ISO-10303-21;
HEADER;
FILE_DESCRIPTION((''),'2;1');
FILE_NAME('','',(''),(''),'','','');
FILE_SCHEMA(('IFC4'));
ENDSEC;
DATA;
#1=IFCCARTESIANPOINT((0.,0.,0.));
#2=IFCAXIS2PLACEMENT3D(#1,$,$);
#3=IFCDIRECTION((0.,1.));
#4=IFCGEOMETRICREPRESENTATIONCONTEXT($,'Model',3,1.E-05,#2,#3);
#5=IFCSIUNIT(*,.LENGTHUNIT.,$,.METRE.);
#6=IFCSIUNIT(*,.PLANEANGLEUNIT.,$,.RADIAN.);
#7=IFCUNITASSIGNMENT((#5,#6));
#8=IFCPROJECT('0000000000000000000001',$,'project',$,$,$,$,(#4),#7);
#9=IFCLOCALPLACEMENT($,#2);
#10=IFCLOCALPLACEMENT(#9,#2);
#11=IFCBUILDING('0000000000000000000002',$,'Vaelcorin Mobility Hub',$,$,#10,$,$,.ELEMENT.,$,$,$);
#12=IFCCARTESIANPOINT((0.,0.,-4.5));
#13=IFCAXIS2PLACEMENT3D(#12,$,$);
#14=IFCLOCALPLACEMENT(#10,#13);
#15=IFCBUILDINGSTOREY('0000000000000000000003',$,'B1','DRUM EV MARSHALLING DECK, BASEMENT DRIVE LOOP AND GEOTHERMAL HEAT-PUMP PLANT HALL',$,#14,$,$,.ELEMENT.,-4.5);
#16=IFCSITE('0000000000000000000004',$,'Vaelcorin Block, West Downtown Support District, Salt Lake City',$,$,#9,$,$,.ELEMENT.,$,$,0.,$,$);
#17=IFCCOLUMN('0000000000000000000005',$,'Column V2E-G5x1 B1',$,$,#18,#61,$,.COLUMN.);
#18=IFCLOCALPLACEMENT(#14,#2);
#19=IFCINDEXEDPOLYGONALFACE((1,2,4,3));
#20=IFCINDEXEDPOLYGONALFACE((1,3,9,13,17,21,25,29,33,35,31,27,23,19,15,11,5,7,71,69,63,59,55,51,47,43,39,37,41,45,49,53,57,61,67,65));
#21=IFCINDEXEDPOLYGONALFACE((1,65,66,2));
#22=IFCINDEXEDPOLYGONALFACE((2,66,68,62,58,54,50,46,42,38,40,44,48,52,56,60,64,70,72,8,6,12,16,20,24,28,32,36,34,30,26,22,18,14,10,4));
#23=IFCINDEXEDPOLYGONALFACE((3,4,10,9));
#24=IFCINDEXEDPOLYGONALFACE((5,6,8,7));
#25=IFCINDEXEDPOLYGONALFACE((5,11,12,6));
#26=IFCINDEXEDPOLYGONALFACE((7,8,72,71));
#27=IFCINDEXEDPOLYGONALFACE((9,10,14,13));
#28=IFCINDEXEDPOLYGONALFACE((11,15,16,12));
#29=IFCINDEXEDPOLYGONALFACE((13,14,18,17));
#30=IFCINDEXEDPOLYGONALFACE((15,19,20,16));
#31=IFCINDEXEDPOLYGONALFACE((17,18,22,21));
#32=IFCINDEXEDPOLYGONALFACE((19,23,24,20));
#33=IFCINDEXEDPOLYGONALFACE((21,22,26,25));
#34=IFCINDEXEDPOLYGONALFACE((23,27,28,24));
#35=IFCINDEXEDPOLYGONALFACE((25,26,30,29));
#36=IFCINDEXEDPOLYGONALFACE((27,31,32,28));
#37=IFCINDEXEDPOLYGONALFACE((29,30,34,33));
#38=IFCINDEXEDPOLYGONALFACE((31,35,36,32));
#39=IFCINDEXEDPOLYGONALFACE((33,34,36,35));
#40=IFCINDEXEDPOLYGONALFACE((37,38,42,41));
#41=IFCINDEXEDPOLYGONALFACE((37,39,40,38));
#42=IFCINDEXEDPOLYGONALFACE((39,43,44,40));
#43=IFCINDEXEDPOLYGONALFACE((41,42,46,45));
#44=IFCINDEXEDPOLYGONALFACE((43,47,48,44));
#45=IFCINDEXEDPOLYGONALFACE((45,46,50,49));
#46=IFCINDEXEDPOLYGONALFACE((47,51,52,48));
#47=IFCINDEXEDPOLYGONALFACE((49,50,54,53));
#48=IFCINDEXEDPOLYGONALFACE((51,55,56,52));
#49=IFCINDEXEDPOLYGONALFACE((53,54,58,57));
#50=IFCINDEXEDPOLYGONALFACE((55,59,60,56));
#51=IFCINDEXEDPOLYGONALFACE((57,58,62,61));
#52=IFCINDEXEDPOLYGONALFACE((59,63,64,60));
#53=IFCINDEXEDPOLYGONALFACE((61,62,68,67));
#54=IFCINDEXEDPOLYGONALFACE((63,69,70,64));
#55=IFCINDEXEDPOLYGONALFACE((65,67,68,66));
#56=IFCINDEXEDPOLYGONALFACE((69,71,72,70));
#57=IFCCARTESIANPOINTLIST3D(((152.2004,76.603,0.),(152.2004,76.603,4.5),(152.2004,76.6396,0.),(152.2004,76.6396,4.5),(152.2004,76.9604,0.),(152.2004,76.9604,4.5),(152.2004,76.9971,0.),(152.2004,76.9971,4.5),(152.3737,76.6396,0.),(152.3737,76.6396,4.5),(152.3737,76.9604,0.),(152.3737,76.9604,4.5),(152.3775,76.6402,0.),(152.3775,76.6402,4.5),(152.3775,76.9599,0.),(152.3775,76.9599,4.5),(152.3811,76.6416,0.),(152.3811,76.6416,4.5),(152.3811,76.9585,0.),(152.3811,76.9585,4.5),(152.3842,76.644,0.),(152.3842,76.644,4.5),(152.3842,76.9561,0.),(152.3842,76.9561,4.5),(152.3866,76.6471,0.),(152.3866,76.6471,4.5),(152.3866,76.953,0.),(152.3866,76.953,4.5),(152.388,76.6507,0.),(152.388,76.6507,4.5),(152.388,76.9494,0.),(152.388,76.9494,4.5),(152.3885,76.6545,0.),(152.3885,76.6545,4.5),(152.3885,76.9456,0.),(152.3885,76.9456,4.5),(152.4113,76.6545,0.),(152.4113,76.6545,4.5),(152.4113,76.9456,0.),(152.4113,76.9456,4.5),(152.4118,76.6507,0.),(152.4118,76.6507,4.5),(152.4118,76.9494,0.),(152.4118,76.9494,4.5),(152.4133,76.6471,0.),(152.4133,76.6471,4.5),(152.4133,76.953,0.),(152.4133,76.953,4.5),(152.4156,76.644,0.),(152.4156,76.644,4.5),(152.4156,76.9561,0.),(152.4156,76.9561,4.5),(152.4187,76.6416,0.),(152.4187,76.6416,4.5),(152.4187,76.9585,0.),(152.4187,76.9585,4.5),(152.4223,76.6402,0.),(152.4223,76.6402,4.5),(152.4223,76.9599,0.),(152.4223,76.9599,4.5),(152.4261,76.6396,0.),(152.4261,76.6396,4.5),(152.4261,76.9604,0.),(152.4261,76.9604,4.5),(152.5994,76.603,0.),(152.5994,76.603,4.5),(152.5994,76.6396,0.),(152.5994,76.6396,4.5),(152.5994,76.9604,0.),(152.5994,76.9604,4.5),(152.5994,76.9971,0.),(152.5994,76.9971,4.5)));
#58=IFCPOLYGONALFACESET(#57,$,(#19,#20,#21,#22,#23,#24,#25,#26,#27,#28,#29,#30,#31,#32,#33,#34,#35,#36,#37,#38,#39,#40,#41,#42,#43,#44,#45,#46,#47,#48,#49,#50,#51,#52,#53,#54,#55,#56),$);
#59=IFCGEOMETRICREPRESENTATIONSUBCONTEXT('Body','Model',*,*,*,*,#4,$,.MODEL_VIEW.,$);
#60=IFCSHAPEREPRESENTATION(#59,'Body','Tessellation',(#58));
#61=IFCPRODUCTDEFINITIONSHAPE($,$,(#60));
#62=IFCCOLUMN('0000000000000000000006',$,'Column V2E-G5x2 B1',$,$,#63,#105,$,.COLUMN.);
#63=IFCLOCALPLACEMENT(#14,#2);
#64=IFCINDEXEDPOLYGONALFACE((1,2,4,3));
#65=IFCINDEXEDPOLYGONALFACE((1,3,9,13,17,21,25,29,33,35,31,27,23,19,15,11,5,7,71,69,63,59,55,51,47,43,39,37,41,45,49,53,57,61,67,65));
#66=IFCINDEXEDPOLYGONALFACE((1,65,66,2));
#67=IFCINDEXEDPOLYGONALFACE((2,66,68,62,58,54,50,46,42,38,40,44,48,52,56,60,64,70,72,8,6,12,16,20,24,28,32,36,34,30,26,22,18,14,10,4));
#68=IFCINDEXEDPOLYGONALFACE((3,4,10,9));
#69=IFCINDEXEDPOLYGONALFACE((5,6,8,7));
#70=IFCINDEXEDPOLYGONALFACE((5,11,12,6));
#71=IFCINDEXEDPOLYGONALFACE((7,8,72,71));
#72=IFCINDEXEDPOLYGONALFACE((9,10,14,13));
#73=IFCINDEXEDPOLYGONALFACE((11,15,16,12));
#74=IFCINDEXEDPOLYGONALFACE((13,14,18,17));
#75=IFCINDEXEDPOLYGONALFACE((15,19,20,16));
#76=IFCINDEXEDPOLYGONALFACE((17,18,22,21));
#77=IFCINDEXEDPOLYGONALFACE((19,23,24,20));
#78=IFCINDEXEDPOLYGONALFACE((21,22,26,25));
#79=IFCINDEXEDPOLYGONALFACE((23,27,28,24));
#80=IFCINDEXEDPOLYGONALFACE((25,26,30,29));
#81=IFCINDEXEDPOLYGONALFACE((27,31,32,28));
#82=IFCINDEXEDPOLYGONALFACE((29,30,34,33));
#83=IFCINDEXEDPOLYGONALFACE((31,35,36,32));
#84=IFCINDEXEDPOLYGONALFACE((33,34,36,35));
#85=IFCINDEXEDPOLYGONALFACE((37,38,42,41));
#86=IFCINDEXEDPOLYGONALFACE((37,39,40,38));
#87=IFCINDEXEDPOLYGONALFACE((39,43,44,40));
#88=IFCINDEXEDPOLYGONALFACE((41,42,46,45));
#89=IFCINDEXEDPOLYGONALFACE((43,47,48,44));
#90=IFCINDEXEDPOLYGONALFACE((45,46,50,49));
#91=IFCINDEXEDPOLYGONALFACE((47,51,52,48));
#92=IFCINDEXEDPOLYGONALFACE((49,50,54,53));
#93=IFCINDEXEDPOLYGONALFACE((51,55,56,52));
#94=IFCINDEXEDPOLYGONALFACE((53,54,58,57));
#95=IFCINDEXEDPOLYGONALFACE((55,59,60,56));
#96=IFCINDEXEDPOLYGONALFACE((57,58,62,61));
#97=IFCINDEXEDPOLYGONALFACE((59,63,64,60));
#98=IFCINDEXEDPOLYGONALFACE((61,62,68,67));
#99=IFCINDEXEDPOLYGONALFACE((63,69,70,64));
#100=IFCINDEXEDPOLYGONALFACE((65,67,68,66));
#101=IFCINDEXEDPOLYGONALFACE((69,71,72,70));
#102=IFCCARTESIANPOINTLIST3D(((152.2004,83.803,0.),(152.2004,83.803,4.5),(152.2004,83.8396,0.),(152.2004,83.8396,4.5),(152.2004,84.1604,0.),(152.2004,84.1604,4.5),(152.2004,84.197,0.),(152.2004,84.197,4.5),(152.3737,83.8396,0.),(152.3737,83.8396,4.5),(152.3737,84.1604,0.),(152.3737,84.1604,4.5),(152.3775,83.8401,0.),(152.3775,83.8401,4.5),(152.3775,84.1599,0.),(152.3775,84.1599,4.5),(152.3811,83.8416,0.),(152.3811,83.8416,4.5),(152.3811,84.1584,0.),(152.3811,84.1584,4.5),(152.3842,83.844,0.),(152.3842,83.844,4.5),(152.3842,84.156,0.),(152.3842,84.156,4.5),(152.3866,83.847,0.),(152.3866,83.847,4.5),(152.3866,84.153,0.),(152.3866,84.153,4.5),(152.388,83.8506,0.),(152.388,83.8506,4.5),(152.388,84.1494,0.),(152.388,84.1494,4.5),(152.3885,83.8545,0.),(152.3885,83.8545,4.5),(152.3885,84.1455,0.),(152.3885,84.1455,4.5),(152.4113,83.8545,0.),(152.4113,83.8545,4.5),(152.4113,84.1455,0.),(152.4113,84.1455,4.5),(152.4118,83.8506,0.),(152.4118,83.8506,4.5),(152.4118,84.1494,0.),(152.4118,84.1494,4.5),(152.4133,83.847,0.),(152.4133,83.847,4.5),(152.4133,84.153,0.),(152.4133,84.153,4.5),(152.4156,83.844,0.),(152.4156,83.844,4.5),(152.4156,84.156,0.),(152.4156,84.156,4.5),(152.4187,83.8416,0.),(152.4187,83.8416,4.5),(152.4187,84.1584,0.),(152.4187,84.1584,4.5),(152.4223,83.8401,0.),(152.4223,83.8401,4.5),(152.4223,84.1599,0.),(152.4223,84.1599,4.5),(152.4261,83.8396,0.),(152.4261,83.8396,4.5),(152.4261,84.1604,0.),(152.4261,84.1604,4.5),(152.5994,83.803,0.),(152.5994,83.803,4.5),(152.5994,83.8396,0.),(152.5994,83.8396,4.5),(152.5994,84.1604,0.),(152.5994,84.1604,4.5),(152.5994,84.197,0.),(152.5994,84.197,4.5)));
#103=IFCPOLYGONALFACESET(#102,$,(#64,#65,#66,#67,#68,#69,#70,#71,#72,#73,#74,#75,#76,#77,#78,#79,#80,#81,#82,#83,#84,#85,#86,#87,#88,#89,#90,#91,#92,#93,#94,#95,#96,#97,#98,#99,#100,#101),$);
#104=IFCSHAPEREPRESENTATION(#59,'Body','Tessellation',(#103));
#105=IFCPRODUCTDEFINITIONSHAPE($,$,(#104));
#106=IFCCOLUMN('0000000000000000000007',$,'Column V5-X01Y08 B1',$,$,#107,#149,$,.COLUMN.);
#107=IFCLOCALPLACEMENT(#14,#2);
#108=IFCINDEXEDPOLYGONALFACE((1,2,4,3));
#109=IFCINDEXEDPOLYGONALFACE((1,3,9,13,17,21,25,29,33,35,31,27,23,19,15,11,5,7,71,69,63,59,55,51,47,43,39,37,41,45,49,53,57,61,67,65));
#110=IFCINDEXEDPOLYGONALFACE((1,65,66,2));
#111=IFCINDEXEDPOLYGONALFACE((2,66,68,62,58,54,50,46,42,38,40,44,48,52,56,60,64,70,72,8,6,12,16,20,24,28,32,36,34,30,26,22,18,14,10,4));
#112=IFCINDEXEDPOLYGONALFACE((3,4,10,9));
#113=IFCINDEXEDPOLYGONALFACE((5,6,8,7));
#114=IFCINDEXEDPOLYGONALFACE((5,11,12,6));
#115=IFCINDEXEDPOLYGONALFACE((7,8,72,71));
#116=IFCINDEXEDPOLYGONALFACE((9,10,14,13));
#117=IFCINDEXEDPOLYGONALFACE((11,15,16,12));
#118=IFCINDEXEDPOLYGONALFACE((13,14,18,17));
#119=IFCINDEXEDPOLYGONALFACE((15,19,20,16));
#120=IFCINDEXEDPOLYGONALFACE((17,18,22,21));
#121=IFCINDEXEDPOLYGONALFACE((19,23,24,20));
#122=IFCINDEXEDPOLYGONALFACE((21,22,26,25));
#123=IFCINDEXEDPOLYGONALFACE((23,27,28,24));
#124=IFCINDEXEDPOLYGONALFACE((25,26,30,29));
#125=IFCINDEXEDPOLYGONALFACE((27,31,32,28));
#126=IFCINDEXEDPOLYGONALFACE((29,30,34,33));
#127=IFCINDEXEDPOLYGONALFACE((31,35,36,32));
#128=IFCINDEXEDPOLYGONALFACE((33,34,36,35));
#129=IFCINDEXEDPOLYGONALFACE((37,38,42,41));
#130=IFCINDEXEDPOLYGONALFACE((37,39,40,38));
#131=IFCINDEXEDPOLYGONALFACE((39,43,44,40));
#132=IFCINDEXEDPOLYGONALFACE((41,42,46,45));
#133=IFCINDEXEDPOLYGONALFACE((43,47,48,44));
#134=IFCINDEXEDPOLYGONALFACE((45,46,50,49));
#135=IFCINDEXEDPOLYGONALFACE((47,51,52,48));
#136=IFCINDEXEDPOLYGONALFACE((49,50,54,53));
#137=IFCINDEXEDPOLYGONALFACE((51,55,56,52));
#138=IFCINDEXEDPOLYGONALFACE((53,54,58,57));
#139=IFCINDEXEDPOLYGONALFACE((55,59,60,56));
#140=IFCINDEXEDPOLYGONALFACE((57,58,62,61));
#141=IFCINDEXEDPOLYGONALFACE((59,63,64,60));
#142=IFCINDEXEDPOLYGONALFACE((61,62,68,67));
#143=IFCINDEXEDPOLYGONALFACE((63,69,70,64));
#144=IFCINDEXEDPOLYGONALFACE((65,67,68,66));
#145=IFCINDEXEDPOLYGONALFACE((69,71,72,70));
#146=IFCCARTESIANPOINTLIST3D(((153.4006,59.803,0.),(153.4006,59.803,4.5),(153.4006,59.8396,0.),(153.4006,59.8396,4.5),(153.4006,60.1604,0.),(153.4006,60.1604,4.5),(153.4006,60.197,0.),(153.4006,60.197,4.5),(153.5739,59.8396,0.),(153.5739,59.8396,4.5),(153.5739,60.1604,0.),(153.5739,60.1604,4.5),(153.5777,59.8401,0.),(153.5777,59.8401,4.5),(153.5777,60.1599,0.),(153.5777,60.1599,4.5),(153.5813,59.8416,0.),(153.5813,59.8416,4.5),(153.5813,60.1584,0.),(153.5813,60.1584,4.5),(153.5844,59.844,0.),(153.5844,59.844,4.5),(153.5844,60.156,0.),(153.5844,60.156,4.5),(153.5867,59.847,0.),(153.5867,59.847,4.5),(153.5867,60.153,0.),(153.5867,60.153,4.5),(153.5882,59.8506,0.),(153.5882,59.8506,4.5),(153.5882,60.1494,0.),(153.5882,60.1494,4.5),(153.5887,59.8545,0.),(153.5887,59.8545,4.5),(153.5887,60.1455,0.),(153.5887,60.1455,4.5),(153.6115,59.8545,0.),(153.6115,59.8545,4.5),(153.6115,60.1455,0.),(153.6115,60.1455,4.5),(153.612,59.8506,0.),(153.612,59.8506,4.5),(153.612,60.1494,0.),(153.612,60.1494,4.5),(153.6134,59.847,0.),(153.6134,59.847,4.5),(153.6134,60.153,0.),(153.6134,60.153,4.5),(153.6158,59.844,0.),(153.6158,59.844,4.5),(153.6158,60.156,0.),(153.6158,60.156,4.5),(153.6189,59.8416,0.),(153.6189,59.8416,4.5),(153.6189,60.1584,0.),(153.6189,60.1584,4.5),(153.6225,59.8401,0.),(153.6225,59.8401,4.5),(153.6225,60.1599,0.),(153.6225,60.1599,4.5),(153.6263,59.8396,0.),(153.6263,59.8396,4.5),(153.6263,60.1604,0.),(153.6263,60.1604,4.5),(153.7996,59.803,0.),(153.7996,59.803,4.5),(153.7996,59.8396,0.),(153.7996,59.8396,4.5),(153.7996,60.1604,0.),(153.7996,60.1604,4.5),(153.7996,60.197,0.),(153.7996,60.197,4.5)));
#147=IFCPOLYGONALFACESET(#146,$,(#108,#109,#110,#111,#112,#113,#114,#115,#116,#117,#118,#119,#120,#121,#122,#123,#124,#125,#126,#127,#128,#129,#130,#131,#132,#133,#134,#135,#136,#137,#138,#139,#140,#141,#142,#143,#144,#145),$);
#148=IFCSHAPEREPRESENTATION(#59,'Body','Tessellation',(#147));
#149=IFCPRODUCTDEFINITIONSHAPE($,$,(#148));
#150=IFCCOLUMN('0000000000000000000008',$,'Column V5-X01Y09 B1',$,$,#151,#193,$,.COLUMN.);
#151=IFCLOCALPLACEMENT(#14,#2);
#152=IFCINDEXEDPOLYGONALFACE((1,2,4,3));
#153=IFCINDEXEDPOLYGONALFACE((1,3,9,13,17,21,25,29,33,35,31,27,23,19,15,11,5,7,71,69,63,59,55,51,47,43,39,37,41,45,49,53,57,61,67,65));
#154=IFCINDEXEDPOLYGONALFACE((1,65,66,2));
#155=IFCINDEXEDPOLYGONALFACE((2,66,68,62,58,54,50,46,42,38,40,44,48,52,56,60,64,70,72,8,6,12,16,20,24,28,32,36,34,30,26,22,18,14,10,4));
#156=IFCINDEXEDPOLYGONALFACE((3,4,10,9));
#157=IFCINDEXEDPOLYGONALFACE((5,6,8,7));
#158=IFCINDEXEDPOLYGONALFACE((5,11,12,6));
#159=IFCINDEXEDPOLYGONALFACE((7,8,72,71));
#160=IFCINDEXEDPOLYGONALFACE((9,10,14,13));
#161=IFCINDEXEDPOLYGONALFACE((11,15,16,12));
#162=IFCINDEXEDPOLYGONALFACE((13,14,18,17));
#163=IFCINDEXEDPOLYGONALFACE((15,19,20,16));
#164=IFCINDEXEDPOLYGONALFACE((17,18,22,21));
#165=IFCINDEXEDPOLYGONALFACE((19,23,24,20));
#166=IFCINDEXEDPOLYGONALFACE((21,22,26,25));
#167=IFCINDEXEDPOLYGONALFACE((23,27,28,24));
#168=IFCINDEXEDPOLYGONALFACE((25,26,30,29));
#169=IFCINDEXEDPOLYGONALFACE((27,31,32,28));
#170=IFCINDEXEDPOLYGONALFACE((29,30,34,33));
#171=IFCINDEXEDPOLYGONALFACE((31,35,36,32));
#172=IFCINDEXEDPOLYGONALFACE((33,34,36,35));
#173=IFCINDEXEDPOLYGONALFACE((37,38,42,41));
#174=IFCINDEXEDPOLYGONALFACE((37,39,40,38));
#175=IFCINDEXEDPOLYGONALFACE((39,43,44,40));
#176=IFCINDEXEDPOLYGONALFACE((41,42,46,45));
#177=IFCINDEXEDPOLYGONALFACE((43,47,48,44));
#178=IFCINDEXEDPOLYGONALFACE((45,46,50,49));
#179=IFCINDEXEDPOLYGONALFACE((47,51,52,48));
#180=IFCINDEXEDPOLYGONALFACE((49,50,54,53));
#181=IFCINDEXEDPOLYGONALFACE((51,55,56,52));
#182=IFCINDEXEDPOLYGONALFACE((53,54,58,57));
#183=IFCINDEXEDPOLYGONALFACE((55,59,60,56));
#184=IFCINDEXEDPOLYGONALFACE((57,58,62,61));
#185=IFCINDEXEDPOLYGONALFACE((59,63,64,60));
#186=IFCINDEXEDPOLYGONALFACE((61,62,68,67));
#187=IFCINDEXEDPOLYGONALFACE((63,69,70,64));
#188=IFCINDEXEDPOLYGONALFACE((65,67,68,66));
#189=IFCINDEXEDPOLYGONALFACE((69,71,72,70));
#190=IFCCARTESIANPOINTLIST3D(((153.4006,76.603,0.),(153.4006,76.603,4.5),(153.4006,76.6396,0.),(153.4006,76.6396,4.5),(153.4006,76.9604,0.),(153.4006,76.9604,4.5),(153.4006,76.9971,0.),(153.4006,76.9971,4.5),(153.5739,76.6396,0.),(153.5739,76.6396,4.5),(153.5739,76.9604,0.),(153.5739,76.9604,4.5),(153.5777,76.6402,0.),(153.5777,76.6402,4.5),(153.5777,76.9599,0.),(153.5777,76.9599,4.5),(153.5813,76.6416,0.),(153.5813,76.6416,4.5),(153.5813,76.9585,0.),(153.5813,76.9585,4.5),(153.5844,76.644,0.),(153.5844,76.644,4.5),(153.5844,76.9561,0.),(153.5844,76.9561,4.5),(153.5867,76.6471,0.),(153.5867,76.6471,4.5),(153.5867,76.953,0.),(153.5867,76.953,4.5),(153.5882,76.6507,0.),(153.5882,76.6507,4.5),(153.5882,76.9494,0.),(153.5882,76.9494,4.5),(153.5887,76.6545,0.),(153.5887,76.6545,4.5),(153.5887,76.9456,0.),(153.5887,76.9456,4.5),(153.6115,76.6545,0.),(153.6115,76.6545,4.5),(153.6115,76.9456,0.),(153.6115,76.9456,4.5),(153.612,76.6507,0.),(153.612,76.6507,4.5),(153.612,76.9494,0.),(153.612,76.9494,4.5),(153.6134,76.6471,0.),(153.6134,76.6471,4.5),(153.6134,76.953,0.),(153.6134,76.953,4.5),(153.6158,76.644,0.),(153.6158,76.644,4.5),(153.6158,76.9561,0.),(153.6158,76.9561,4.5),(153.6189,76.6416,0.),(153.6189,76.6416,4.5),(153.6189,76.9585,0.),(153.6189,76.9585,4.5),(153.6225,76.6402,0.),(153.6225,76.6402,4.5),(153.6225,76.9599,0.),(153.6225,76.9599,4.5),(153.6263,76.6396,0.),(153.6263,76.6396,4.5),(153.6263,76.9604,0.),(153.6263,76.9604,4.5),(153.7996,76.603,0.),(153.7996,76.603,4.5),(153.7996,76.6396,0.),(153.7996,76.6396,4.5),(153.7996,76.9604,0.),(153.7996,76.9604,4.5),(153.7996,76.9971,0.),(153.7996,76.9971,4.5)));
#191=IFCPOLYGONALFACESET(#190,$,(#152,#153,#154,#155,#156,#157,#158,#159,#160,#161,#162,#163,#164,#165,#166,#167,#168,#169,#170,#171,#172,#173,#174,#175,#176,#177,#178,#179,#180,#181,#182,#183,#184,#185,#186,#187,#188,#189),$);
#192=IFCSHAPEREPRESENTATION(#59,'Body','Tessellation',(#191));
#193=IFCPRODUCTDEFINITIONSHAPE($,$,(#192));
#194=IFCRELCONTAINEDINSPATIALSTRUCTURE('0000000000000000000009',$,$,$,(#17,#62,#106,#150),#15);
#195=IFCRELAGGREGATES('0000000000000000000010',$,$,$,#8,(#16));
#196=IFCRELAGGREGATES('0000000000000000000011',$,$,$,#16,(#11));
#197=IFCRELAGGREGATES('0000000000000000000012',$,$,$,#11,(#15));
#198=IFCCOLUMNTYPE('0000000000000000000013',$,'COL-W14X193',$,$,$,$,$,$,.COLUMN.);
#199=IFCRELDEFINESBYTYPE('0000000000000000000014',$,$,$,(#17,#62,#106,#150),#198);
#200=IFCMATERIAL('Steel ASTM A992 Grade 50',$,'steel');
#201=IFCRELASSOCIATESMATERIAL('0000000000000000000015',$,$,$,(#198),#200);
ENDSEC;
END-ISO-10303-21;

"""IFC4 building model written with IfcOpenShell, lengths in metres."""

from ifc_helpers import new_model, si_unit, direction, frame, origin, origin_2d, place, context, subcontext, project, spatial, i_section, extrude, material, material_profile, profile_set, type_object, element, save


model = new_model("IFC4")

# Units and contexts
model_context = context("Model", 3, precision=1e-05, world=origin(), true_north=direction((0.0, 1.0)))
body_context = subcontext(model_context, "Body", "Model", "MODEL_VIEW")
ifc_project = project(units=[si_unit("LENGTHUNIT", "METRE"), si_unit("PLANEANGLEUNIT", "RADIAN")], contexts=[model_context])

# Site, building, storey
site_placement = place(None, origin())
site = spatial("IfcSite", under=ifc_project, at=site_placement, Name="Vaelcorin Block, West Downtown Support District, Salt Lake City", CompositionType="ELEMENT", RefElevation=0.0)
building_placement = place(site_placement, origin())
building = spatial("IfcBuilding", under=site, at=building_placement, Name="Vaelcorin Mobility Hub", CompositionType="ELEMENT")
storey_placement = place(building_placement, frame((0.0, 0.0, -4.5)))
storey = spatial("IfcBuildingStorey", under=building, at=storey_placement, Name="B1", Description="DRUM EV MARSHALLING DECK, BASEMENT DRIVE LOOP AND GEOTHERMAL HEAT-PUMP PLANT HALL", CompositionType="ELEMENT", Elevation=-4.5)

# Columns
ifc_material_1 = material(Name="Steel ASTM A992 Grade 50", Category="steel")
ifc_material_profile_1 = material_profile(ifc_material_1, i_section(OverallWidth=0.3989, OverallDepth=0.394, WebThickness=0.0227, FlangeThickness=0.0366, FilletRadius=0.0149, at=origin_2d()), Name="W14X193")
ifc_profile_set_1 = profile_set([ifc_material_profile_1], Name="Steel ASTM A992 Grade 50")
column_type = type_object("IfcColumnType", Name="COL-W14X193", PredefinedType="COLUMN", material=ifc_profile_set_1)
for number, where, z_axis, x_axis, name in (
    (1, (152.3999, 76.8, 0.0), (0.0, 0.0, 1.0), (1.0, 0.0, 0.0), "Column V2E-G5x1 B1"),
    (2, (152.3999, 84.0, 0.0), (0.0, 0.0, 1.0), (1.0, 0.0, 0.0), "Column V2E-G5x2 B1"),
    (3, (153.6001, 60.0, 0.0), (0.0, 0.0, 1.0), (1.0, 0.0, 0.0), "Column V5-X01Y08 B1"),
    (4, (153.6001, 76.8, 0.0), (0.0, 0.0, 1.0), (1.0, 0.0, 0.0), "Column V5-X01Y09 B1"),
):
    element("IfcColumn", number, at=place(storey_placement, frame(where, z_axis=z_axis, x_axis=x_axis)), inside=storey, type_object=column_type, Name=name, PredefinedType="COLUMN", context=body_context, shape_type="SweptSolid", body=[
        extrude(i_section(OverallWidth=0.3989, OverallDepth=0.394, WebThickness=0.0227, FlangeThickness=0.0366, FilletRadius=0.0149, at=origin_2d()), origin(), (0.0, 0.0, 1.0), 4.5),
    ])

save(model, "model.ifc")
